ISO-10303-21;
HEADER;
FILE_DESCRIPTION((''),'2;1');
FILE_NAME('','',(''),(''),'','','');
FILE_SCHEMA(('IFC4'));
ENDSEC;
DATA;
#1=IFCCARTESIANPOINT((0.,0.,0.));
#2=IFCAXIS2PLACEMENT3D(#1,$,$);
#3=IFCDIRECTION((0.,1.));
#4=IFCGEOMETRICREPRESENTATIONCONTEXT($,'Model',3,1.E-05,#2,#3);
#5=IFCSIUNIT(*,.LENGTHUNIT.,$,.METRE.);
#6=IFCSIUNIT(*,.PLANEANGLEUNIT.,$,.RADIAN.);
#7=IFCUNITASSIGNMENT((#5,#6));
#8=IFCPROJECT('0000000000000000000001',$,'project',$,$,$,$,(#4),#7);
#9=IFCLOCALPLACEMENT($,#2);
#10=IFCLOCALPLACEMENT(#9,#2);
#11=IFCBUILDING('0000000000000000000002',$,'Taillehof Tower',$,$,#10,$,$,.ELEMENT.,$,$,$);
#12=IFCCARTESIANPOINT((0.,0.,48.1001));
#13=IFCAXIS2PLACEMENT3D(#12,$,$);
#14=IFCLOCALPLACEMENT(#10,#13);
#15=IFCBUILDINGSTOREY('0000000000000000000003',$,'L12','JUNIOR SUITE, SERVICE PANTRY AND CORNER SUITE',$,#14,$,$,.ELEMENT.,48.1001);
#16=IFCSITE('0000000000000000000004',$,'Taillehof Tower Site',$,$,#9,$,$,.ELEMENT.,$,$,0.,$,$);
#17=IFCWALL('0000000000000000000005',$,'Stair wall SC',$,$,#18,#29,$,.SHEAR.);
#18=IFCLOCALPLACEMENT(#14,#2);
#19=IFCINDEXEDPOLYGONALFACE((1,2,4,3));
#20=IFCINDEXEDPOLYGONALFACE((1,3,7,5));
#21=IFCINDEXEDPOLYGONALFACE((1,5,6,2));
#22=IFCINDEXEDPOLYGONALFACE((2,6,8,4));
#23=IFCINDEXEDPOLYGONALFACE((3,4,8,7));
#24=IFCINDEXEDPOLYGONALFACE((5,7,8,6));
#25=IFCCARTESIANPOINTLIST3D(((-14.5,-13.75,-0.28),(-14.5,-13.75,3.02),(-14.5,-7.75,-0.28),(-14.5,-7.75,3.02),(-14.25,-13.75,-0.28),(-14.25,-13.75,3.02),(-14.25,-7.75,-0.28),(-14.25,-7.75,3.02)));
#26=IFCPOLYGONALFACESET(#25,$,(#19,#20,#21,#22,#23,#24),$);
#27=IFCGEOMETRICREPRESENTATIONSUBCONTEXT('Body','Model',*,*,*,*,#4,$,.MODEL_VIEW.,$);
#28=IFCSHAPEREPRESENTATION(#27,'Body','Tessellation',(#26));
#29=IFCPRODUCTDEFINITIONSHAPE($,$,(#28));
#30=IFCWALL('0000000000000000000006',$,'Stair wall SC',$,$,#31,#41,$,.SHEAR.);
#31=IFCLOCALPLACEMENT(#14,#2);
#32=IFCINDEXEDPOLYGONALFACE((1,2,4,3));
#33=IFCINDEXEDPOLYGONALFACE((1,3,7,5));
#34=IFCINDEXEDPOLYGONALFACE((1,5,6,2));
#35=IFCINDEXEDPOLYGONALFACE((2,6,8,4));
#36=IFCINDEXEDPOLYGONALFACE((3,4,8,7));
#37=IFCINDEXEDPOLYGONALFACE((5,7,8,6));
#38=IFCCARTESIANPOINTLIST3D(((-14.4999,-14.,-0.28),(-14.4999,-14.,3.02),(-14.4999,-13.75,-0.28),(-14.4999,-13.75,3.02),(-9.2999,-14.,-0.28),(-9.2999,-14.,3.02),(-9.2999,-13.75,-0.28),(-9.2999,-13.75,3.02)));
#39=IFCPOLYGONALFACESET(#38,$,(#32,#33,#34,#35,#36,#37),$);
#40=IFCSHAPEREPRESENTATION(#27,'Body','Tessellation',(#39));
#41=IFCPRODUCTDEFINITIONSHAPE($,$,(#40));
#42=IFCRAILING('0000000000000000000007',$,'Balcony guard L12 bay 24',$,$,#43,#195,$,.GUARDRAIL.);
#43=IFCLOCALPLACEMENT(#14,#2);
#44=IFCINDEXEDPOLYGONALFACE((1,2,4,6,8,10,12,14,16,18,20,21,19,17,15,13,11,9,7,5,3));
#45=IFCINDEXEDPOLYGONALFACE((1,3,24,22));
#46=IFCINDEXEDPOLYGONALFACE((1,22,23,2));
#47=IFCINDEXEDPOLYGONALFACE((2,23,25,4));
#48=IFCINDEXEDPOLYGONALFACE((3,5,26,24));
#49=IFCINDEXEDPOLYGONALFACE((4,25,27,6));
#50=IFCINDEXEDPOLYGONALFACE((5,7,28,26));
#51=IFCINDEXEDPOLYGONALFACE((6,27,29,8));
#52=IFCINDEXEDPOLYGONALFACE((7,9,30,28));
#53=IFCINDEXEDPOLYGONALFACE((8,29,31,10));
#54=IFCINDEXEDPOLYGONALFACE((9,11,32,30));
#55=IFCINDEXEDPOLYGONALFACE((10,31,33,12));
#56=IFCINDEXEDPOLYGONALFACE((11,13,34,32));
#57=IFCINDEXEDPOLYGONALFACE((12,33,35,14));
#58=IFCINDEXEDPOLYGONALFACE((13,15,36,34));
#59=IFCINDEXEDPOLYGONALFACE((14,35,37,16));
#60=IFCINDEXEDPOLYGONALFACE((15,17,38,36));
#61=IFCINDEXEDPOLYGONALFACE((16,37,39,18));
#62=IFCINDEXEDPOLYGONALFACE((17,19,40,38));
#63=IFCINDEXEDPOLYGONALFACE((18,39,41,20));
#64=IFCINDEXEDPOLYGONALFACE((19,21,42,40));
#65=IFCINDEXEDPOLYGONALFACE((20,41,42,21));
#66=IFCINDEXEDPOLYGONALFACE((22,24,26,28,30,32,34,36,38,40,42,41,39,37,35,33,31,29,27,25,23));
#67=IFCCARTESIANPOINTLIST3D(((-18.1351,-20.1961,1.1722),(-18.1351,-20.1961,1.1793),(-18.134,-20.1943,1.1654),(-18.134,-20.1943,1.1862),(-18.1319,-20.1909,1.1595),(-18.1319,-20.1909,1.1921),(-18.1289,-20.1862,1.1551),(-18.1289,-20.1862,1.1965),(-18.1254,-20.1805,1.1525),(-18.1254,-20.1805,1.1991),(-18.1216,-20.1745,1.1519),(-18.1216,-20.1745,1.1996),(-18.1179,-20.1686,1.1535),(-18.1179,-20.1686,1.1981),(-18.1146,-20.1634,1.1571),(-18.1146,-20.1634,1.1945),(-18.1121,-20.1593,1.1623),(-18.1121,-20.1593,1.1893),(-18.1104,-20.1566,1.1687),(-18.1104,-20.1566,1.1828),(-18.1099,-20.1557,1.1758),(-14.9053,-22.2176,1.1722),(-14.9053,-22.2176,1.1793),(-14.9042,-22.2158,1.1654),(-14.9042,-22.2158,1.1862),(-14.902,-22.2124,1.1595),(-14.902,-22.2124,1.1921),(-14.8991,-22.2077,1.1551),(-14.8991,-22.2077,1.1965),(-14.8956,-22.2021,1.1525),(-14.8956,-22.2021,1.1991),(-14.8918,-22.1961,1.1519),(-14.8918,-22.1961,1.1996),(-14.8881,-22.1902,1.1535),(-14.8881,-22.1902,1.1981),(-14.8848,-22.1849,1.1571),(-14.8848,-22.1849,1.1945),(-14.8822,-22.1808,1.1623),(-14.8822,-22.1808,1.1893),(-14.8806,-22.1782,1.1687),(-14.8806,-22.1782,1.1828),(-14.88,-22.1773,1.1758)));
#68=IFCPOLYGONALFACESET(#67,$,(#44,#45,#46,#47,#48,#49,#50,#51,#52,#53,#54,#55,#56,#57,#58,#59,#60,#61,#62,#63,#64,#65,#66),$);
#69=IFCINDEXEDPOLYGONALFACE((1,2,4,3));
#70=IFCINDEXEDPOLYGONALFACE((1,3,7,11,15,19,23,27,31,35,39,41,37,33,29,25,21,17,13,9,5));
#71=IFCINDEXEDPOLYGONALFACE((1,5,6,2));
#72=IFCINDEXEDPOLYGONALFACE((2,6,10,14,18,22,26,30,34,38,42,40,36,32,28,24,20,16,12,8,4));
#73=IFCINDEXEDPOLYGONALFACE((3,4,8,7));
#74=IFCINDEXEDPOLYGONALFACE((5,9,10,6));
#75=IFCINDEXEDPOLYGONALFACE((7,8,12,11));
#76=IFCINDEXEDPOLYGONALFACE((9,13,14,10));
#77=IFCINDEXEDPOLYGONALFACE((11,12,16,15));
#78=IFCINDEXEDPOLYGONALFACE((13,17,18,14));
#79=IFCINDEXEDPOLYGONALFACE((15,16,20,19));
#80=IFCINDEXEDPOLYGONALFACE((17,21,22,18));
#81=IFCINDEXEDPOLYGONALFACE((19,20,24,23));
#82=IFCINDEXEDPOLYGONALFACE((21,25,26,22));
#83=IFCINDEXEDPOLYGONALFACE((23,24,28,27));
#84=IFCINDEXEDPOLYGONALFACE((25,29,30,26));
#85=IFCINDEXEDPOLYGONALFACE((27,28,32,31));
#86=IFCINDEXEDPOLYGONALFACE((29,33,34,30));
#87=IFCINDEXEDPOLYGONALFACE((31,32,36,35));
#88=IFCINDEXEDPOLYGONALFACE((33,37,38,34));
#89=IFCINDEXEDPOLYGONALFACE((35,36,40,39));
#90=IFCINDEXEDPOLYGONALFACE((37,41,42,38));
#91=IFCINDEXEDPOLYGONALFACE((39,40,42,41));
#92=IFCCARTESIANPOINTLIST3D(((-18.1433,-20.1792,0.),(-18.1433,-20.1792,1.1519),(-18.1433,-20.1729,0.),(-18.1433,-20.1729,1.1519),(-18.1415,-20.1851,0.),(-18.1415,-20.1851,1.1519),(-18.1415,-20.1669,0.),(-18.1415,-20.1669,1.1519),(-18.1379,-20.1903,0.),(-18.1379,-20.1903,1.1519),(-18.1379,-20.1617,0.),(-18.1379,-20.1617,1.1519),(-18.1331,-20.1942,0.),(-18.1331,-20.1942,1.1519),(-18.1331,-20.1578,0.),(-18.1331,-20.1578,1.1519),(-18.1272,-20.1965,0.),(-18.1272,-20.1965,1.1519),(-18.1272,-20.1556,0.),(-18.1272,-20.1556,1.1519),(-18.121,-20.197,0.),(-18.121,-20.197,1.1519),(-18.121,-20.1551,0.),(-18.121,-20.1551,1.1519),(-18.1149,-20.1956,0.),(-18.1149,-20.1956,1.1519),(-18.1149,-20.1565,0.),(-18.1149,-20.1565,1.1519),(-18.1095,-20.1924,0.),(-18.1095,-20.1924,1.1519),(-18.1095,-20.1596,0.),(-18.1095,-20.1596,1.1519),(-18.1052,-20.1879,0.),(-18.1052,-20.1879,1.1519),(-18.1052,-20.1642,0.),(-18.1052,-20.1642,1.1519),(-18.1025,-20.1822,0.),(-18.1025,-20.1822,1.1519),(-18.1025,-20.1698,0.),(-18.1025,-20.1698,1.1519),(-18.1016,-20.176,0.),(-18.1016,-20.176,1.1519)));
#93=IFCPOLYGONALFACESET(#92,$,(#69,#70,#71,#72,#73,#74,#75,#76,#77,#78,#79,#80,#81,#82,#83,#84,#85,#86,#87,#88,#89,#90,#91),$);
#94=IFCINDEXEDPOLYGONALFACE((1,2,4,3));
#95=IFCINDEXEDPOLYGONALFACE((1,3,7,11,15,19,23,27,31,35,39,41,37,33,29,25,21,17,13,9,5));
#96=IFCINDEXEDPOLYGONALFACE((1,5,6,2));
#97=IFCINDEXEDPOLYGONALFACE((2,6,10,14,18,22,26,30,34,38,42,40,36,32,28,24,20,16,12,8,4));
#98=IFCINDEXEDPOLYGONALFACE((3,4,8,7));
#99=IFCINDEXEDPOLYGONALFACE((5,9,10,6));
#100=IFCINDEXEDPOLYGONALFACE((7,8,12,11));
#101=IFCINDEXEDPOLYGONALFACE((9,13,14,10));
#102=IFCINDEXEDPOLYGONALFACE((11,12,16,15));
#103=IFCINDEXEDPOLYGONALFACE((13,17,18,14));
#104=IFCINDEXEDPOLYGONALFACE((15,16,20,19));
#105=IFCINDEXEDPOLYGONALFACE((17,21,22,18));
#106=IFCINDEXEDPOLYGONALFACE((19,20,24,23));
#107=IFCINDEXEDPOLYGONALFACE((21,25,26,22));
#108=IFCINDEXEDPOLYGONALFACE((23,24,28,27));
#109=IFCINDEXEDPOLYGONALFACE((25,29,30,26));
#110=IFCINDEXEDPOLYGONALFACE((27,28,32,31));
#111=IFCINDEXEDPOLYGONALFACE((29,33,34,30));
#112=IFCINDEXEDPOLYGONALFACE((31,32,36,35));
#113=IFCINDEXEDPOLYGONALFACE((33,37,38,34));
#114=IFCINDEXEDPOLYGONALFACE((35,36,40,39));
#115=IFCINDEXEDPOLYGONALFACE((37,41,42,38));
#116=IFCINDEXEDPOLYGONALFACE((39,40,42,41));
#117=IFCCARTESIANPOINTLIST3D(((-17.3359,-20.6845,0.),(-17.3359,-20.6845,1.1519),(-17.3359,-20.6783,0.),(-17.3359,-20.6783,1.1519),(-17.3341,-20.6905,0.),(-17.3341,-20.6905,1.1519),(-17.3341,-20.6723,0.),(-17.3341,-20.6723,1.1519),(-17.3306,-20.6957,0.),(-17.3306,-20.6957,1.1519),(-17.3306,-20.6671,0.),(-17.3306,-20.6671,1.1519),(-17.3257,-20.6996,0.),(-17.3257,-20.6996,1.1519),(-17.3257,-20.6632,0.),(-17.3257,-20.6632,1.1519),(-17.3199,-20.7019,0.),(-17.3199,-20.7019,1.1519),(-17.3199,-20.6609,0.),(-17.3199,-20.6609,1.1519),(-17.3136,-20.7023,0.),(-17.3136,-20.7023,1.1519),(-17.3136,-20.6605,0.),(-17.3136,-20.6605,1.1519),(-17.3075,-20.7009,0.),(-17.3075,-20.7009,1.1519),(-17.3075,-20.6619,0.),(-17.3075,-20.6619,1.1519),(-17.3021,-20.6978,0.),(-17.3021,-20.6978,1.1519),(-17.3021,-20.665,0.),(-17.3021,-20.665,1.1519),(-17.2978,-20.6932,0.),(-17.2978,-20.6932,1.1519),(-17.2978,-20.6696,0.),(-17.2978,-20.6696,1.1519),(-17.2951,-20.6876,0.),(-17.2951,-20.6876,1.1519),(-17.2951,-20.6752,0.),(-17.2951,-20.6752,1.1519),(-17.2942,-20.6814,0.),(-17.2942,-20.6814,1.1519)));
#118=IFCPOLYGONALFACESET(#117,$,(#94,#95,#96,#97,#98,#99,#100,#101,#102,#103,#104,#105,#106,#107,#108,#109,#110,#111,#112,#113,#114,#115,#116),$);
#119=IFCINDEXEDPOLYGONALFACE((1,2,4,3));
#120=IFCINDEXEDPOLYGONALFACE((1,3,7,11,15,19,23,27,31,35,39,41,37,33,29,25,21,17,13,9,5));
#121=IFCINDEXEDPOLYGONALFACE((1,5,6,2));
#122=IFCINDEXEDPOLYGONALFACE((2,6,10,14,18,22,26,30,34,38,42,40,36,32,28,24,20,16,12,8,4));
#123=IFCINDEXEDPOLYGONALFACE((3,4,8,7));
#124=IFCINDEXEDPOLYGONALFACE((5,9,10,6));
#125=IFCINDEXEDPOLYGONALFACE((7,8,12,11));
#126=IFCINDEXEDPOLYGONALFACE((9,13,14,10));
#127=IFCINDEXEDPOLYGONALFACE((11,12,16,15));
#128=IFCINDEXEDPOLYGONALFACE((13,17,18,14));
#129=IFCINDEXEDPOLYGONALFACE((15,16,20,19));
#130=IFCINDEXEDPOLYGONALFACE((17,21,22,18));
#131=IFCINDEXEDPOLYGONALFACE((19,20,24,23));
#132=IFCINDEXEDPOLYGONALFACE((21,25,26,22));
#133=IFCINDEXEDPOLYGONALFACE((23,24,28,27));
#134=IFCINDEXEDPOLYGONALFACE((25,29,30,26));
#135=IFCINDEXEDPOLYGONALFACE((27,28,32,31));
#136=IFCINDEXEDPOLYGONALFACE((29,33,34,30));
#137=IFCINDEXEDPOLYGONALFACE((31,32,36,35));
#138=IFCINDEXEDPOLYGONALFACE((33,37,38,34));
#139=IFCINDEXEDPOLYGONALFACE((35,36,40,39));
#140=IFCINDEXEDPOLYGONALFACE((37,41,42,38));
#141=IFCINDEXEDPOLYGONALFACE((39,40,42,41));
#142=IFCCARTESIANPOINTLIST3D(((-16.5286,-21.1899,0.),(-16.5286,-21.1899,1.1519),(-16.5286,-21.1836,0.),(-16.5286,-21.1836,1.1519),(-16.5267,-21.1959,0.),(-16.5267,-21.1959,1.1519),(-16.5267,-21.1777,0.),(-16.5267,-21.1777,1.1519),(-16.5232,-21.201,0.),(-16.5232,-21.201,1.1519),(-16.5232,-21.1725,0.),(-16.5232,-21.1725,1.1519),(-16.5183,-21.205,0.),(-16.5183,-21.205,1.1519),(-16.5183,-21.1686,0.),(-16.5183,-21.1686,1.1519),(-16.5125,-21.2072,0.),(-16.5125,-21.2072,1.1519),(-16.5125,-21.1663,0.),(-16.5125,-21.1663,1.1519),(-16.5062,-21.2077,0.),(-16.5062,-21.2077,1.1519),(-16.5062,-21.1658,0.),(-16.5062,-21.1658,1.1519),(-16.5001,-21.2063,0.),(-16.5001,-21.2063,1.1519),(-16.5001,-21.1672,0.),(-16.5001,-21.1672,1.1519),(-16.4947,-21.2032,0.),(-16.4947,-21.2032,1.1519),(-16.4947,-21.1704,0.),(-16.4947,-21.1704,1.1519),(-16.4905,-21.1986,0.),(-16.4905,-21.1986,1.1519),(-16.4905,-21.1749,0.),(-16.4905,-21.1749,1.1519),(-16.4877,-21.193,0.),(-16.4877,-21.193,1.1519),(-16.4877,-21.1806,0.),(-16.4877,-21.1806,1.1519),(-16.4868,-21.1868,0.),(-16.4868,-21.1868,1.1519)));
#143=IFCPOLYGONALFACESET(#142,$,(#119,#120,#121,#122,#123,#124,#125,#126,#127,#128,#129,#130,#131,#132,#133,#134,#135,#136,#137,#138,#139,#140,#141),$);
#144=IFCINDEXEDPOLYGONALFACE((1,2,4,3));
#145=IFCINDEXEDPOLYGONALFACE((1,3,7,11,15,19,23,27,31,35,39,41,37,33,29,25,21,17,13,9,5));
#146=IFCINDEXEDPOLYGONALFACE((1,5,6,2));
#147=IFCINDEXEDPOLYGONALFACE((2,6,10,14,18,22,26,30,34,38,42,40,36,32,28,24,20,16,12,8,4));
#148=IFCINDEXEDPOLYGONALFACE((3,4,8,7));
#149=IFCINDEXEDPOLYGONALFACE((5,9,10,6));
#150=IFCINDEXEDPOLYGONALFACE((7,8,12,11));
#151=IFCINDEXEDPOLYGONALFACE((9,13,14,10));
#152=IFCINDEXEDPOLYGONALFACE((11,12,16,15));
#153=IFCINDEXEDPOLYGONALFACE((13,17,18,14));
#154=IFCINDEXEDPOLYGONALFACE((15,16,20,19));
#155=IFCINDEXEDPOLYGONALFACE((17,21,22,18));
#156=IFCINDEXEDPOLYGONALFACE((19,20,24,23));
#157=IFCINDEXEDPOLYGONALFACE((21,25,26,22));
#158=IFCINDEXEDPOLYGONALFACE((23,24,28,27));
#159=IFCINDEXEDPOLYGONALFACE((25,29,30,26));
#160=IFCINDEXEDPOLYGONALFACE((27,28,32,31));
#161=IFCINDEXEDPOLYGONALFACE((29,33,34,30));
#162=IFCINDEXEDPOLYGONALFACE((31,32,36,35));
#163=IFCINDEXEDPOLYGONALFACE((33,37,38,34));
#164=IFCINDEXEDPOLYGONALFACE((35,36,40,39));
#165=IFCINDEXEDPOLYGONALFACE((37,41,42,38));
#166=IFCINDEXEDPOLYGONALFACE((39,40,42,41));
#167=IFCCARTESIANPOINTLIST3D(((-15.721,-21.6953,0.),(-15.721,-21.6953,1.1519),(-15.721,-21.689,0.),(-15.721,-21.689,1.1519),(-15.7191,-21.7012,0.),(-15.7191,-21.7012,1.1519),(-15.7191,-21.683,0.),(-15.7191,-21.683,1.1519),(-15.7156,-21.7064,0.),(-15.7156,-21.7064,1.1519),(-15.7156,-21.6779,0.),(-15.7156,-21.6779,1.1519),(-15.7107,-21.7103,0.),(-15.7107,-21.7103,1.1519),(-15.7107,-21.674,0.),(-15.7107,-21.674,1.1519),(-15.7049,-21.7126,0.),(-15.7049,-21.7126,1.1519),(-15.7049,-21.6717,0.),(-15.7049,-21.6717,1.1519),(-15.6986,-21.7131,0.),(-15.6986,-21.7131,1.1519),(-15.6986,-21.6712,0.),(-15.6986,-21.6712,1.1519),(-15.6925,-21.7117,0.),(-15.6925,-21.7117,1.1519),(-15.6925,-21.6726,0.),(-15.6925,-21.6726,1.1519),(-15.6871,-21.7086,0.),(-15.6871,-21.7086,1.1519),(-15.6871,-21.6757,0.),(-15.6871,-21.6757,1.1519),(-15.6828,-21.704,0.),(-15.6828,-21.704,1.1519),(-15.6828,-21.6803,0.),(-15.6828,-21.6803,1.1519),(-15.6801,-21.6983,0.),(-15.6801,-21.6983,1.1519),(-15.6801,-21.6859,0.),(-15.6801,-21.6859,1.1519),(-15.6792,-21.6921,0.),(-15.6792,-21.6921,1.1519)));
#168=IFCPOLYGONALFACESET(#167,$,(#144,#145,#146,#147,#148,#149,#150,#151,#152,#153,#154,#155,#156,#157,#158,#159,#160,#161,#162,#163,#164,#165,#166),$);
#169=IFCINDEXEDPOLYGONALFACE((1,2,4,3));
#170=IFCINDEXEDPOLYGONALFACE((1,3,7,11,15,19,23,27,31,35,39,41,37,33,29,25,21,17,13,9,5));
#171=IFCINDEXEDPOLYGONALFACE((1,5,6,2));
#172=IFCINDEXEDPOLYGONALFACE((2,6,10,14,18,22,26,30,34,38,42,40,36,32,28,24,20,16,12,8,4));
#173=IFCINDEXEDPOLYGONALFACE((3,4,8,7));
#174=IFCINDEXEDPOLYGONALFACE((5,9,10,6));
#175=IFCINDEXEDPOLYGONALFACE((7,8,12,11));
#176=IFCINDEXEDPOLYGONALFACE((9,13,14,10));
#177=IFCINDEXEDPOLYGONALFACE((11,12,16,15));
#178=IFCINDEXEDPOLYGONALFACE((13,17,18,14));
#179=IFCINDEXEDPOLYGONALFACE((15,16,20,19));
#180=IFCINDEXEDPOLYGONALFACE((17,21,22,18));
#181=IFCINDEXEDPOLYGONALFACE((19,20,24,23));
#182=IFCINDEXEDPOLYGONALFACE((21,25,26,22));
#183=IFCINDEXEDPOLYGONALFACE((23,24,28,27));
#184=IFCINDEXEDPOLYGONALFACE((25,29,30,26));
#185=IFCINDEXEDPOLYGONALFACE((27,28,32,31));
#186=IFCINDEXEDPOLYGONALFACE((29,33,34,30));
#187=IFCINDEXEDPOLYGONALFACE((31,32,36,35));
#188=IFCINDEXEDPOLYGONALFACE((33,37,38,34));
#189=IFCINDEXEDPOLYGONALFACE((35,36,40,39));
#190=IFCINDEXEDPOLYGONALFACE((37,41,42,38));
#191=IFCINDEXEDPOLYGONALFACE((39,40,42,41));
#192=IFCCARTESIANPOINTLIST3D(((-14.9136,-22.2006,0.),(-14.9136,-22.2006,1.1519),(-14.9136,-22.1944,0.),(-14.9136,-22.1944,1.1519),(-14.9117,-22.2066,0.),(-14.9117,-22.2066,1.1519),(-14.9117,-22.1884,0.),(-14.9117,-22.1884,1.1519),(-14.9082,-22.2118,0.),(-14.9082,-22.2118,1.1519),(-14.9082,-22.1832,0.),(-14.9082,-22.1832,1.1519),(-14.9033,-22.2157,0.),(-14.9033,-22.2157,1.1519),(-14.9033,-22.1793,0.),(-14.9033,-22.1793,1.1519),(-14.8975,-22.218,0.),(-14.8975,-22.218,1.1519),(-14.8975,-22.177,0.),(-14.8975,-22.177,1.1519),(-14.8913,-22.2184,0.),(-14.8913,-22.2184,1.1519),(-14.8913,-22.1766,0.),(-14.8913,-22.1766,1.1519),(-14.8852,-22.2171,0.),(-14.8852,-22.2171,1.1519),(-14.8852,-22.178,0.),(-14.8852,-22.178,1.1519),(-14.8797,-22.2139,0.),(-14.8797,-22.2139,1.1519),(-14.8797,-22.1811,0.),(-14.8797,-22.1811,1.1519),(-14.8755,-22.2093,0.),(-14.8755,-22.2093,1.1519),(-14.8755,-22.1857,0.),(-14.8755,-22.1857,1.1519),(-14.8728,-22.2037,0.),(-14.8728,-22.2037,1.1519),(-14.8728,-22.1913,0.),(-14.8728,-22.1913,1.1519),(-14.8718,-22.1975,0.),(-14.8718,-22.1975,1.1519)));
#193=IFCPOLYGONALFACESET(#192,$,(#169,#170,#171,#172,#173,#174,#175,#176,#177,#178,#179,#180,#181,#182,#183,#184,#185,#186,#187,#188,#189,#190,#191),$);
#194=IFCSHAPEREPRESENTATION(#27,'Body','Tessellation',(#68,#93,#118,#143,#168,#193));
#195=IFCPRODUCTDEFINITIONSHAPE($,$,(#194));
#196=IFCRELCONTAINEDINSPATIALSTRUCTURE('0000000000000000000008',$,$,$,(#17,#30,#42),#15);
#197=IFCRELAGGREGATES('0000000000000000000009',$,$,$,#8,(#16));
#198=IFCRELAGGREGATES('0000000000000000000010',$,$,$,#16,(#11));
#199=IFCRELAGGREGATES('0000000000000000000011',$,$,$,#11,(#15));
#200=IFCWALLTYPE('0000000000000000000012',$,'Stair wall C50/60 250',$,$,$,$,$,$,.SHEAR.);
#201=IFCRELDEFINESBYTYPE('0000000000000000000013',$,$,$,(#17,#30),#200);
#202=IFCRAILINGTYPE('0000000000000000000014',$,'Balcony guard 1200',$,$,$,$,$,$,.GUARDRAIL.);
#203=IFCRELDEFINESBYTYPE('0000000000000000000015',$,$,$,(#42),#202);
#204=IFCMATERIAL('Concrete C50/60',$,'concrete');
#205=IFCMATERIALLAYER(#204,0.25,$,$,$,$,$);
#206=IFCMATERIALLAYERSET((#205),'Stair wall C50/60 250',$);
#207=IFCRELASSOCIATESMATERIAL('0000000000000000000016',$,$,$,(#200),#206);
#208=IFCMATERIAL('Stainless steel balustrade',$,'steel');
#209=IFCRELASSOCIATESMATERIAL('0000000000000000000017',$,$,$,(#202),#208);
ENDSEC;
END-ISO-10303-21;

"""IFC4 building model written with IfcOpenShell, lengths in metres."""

from ifc_helpers import new_model, si_unit, direction, frame, frame_2d, origin, origin_2d, place, context, subcontext, project, spatial, rectangle, circle, extrude, material, layer, layer_set, type_object, element, save


model = new_model("IFC4")

# Units and contexts
model_context = context("Model", 3, precision=1e-05, world=origin(), true_north=direction((0.0, 1.0)))
body_context = subcontext(model_context, "Body", "Model", "MODEL_VIEW")
ifc_project = project(units=[si_unit("LENGTHUNIT", "METRE"), si_unit("PLANEANGLEUNIT", "RADIAN")], contexts=[model_context])

# Site, building, storey
site_placement = place(None, origin())
site = spatial("IfcSite", under=ifc_project, at=site_placement, Name="Taillehof Tower Site", CompositionType="ELEMENT", RefElevation=0.0)
building_placement = place(site_placement, origin())
building = spatial("IfcBuilding", under=site, at=building_placement, Name="Taillehof Tower", CompositionType="ELEMENT")
storey_placement = place(building_placement, frame((0.0, 0.0, 48.1001)))
storey = spatial("IfcBuildingStorey", under=building, at=storey_placement, Name="L12", Description="JUNIOR SUITE, SERVICE PANTRY AND CORNER SUITE", CompositionType="ELEMENT", Elevation=48.1001)

# Walls
ifc_material_1 = material(Name="Concrete C50/60", Category="concrete")
ifc_layer_1 = layer(ifc_material_1, 0.25)
ifc_layer_set_1 = layer_set([ifc_layer_1], Name="Stair wall C50/60 250")
wall_type_1 = type_object("IfcWallType", Name="Stair wall C50/60 250", PredefinedType="SHEAR", material=ifc_layer_set_1)
wall_1_placement = place(storey_placement, frame((-14.375, -13.75, -0.28), z_axis=(0.0, 0.0, 1.0), x_axis=(0.0, 1.0, 0.0)))
element("IfcWall", 1, at=wall_1_placement, inside=storey, type_object=wall_type_1, Name="Stair wall SC", PredefinedType="SHEAR", context=body_context, shape_type="SweptSolid", body=[
    extrude(rectangle(XDim=6.0, YDim=0.25, at=frame_2d((3.0, 0.0))), origin(), (0.0, 0.0, 1.0), 3.3),
])
wall_2_placement = place(storey_placement, frame((-14.5, -13.875, -0.28), z_axis=(0.0, 0.0, 1.0), x_axis=(1.0, 0.0, 0.0)))
element("IfcWall", 2, at=wall_2_placement, inside=storey, type_object=wall_type_1, Name="Stair wall SC", PredefinedType="SHEAR", context=body_context, shape_type="SweptSolid", body=[
    extrude(rectangle(XDim=5.2, YDim=0.25, at=frame_2d((2.6001, 0.0))), origin(), (0.0, 0.0, 1.0), 3.3),
])

# Railing
ifc_material_2 = material(Name="Stainless steel balustrade", Category="steel")
railing_type = type_object("IfcRailingType", Name="Balcony guard 1200", PredefinedType="GUARDRAIL", material=ifc_material_2)
railing_placement = place(storey_placement, frame((-18.1226, -20.176, 0.0)))
element("IfcRailing", 3, at=railing_placement, inside=storey, type_object=railing_type, Name="Balcony guard L12 bay 24", PredefinedType="GUARDRAIL", context=body_context, shape_type="SweptSolid", body=[
    extrude(circle(Radius=0.0239, at=origin_2d()), frame((0.0, 0.0, 1.1758), z_axis=(0.847656, -0.530546, 0.0), x_axis=(0.530546, 0.847656, 0.0)), (0.0, 0.0, 1.0), 3.8103),
    extrude(circle(Radius=0.021, at=origin_2d()), origin(), (0.0, 0.0, 1.0), 1.1519),
    extrude(circle(Radius=0.021, at=origin_2d()), frame((0.8074, -0.5054, 0.0)), (0.0, 0.0, 1.0), 1.1519),
    extrude(circle(Radius=0.021, at=origin_2d()), frame((1.6147, -1.0107, 0.0)), (0.0, 0.0, 1.0), 1.1519),
    extrude(circle(Radius=0.021, at=origin_2d()), frame((2.4224, -1.5161, 0.0)), (0.0, 0.0, 1.0), 1.1519),
    extrude(circle(Radius=0.021, at=origin_2d()), frame((3.2297, -2.0215, 0.0)), (0.0, 0.0, 1.0), 1.1519),
])

save(model, "model.ifc")
